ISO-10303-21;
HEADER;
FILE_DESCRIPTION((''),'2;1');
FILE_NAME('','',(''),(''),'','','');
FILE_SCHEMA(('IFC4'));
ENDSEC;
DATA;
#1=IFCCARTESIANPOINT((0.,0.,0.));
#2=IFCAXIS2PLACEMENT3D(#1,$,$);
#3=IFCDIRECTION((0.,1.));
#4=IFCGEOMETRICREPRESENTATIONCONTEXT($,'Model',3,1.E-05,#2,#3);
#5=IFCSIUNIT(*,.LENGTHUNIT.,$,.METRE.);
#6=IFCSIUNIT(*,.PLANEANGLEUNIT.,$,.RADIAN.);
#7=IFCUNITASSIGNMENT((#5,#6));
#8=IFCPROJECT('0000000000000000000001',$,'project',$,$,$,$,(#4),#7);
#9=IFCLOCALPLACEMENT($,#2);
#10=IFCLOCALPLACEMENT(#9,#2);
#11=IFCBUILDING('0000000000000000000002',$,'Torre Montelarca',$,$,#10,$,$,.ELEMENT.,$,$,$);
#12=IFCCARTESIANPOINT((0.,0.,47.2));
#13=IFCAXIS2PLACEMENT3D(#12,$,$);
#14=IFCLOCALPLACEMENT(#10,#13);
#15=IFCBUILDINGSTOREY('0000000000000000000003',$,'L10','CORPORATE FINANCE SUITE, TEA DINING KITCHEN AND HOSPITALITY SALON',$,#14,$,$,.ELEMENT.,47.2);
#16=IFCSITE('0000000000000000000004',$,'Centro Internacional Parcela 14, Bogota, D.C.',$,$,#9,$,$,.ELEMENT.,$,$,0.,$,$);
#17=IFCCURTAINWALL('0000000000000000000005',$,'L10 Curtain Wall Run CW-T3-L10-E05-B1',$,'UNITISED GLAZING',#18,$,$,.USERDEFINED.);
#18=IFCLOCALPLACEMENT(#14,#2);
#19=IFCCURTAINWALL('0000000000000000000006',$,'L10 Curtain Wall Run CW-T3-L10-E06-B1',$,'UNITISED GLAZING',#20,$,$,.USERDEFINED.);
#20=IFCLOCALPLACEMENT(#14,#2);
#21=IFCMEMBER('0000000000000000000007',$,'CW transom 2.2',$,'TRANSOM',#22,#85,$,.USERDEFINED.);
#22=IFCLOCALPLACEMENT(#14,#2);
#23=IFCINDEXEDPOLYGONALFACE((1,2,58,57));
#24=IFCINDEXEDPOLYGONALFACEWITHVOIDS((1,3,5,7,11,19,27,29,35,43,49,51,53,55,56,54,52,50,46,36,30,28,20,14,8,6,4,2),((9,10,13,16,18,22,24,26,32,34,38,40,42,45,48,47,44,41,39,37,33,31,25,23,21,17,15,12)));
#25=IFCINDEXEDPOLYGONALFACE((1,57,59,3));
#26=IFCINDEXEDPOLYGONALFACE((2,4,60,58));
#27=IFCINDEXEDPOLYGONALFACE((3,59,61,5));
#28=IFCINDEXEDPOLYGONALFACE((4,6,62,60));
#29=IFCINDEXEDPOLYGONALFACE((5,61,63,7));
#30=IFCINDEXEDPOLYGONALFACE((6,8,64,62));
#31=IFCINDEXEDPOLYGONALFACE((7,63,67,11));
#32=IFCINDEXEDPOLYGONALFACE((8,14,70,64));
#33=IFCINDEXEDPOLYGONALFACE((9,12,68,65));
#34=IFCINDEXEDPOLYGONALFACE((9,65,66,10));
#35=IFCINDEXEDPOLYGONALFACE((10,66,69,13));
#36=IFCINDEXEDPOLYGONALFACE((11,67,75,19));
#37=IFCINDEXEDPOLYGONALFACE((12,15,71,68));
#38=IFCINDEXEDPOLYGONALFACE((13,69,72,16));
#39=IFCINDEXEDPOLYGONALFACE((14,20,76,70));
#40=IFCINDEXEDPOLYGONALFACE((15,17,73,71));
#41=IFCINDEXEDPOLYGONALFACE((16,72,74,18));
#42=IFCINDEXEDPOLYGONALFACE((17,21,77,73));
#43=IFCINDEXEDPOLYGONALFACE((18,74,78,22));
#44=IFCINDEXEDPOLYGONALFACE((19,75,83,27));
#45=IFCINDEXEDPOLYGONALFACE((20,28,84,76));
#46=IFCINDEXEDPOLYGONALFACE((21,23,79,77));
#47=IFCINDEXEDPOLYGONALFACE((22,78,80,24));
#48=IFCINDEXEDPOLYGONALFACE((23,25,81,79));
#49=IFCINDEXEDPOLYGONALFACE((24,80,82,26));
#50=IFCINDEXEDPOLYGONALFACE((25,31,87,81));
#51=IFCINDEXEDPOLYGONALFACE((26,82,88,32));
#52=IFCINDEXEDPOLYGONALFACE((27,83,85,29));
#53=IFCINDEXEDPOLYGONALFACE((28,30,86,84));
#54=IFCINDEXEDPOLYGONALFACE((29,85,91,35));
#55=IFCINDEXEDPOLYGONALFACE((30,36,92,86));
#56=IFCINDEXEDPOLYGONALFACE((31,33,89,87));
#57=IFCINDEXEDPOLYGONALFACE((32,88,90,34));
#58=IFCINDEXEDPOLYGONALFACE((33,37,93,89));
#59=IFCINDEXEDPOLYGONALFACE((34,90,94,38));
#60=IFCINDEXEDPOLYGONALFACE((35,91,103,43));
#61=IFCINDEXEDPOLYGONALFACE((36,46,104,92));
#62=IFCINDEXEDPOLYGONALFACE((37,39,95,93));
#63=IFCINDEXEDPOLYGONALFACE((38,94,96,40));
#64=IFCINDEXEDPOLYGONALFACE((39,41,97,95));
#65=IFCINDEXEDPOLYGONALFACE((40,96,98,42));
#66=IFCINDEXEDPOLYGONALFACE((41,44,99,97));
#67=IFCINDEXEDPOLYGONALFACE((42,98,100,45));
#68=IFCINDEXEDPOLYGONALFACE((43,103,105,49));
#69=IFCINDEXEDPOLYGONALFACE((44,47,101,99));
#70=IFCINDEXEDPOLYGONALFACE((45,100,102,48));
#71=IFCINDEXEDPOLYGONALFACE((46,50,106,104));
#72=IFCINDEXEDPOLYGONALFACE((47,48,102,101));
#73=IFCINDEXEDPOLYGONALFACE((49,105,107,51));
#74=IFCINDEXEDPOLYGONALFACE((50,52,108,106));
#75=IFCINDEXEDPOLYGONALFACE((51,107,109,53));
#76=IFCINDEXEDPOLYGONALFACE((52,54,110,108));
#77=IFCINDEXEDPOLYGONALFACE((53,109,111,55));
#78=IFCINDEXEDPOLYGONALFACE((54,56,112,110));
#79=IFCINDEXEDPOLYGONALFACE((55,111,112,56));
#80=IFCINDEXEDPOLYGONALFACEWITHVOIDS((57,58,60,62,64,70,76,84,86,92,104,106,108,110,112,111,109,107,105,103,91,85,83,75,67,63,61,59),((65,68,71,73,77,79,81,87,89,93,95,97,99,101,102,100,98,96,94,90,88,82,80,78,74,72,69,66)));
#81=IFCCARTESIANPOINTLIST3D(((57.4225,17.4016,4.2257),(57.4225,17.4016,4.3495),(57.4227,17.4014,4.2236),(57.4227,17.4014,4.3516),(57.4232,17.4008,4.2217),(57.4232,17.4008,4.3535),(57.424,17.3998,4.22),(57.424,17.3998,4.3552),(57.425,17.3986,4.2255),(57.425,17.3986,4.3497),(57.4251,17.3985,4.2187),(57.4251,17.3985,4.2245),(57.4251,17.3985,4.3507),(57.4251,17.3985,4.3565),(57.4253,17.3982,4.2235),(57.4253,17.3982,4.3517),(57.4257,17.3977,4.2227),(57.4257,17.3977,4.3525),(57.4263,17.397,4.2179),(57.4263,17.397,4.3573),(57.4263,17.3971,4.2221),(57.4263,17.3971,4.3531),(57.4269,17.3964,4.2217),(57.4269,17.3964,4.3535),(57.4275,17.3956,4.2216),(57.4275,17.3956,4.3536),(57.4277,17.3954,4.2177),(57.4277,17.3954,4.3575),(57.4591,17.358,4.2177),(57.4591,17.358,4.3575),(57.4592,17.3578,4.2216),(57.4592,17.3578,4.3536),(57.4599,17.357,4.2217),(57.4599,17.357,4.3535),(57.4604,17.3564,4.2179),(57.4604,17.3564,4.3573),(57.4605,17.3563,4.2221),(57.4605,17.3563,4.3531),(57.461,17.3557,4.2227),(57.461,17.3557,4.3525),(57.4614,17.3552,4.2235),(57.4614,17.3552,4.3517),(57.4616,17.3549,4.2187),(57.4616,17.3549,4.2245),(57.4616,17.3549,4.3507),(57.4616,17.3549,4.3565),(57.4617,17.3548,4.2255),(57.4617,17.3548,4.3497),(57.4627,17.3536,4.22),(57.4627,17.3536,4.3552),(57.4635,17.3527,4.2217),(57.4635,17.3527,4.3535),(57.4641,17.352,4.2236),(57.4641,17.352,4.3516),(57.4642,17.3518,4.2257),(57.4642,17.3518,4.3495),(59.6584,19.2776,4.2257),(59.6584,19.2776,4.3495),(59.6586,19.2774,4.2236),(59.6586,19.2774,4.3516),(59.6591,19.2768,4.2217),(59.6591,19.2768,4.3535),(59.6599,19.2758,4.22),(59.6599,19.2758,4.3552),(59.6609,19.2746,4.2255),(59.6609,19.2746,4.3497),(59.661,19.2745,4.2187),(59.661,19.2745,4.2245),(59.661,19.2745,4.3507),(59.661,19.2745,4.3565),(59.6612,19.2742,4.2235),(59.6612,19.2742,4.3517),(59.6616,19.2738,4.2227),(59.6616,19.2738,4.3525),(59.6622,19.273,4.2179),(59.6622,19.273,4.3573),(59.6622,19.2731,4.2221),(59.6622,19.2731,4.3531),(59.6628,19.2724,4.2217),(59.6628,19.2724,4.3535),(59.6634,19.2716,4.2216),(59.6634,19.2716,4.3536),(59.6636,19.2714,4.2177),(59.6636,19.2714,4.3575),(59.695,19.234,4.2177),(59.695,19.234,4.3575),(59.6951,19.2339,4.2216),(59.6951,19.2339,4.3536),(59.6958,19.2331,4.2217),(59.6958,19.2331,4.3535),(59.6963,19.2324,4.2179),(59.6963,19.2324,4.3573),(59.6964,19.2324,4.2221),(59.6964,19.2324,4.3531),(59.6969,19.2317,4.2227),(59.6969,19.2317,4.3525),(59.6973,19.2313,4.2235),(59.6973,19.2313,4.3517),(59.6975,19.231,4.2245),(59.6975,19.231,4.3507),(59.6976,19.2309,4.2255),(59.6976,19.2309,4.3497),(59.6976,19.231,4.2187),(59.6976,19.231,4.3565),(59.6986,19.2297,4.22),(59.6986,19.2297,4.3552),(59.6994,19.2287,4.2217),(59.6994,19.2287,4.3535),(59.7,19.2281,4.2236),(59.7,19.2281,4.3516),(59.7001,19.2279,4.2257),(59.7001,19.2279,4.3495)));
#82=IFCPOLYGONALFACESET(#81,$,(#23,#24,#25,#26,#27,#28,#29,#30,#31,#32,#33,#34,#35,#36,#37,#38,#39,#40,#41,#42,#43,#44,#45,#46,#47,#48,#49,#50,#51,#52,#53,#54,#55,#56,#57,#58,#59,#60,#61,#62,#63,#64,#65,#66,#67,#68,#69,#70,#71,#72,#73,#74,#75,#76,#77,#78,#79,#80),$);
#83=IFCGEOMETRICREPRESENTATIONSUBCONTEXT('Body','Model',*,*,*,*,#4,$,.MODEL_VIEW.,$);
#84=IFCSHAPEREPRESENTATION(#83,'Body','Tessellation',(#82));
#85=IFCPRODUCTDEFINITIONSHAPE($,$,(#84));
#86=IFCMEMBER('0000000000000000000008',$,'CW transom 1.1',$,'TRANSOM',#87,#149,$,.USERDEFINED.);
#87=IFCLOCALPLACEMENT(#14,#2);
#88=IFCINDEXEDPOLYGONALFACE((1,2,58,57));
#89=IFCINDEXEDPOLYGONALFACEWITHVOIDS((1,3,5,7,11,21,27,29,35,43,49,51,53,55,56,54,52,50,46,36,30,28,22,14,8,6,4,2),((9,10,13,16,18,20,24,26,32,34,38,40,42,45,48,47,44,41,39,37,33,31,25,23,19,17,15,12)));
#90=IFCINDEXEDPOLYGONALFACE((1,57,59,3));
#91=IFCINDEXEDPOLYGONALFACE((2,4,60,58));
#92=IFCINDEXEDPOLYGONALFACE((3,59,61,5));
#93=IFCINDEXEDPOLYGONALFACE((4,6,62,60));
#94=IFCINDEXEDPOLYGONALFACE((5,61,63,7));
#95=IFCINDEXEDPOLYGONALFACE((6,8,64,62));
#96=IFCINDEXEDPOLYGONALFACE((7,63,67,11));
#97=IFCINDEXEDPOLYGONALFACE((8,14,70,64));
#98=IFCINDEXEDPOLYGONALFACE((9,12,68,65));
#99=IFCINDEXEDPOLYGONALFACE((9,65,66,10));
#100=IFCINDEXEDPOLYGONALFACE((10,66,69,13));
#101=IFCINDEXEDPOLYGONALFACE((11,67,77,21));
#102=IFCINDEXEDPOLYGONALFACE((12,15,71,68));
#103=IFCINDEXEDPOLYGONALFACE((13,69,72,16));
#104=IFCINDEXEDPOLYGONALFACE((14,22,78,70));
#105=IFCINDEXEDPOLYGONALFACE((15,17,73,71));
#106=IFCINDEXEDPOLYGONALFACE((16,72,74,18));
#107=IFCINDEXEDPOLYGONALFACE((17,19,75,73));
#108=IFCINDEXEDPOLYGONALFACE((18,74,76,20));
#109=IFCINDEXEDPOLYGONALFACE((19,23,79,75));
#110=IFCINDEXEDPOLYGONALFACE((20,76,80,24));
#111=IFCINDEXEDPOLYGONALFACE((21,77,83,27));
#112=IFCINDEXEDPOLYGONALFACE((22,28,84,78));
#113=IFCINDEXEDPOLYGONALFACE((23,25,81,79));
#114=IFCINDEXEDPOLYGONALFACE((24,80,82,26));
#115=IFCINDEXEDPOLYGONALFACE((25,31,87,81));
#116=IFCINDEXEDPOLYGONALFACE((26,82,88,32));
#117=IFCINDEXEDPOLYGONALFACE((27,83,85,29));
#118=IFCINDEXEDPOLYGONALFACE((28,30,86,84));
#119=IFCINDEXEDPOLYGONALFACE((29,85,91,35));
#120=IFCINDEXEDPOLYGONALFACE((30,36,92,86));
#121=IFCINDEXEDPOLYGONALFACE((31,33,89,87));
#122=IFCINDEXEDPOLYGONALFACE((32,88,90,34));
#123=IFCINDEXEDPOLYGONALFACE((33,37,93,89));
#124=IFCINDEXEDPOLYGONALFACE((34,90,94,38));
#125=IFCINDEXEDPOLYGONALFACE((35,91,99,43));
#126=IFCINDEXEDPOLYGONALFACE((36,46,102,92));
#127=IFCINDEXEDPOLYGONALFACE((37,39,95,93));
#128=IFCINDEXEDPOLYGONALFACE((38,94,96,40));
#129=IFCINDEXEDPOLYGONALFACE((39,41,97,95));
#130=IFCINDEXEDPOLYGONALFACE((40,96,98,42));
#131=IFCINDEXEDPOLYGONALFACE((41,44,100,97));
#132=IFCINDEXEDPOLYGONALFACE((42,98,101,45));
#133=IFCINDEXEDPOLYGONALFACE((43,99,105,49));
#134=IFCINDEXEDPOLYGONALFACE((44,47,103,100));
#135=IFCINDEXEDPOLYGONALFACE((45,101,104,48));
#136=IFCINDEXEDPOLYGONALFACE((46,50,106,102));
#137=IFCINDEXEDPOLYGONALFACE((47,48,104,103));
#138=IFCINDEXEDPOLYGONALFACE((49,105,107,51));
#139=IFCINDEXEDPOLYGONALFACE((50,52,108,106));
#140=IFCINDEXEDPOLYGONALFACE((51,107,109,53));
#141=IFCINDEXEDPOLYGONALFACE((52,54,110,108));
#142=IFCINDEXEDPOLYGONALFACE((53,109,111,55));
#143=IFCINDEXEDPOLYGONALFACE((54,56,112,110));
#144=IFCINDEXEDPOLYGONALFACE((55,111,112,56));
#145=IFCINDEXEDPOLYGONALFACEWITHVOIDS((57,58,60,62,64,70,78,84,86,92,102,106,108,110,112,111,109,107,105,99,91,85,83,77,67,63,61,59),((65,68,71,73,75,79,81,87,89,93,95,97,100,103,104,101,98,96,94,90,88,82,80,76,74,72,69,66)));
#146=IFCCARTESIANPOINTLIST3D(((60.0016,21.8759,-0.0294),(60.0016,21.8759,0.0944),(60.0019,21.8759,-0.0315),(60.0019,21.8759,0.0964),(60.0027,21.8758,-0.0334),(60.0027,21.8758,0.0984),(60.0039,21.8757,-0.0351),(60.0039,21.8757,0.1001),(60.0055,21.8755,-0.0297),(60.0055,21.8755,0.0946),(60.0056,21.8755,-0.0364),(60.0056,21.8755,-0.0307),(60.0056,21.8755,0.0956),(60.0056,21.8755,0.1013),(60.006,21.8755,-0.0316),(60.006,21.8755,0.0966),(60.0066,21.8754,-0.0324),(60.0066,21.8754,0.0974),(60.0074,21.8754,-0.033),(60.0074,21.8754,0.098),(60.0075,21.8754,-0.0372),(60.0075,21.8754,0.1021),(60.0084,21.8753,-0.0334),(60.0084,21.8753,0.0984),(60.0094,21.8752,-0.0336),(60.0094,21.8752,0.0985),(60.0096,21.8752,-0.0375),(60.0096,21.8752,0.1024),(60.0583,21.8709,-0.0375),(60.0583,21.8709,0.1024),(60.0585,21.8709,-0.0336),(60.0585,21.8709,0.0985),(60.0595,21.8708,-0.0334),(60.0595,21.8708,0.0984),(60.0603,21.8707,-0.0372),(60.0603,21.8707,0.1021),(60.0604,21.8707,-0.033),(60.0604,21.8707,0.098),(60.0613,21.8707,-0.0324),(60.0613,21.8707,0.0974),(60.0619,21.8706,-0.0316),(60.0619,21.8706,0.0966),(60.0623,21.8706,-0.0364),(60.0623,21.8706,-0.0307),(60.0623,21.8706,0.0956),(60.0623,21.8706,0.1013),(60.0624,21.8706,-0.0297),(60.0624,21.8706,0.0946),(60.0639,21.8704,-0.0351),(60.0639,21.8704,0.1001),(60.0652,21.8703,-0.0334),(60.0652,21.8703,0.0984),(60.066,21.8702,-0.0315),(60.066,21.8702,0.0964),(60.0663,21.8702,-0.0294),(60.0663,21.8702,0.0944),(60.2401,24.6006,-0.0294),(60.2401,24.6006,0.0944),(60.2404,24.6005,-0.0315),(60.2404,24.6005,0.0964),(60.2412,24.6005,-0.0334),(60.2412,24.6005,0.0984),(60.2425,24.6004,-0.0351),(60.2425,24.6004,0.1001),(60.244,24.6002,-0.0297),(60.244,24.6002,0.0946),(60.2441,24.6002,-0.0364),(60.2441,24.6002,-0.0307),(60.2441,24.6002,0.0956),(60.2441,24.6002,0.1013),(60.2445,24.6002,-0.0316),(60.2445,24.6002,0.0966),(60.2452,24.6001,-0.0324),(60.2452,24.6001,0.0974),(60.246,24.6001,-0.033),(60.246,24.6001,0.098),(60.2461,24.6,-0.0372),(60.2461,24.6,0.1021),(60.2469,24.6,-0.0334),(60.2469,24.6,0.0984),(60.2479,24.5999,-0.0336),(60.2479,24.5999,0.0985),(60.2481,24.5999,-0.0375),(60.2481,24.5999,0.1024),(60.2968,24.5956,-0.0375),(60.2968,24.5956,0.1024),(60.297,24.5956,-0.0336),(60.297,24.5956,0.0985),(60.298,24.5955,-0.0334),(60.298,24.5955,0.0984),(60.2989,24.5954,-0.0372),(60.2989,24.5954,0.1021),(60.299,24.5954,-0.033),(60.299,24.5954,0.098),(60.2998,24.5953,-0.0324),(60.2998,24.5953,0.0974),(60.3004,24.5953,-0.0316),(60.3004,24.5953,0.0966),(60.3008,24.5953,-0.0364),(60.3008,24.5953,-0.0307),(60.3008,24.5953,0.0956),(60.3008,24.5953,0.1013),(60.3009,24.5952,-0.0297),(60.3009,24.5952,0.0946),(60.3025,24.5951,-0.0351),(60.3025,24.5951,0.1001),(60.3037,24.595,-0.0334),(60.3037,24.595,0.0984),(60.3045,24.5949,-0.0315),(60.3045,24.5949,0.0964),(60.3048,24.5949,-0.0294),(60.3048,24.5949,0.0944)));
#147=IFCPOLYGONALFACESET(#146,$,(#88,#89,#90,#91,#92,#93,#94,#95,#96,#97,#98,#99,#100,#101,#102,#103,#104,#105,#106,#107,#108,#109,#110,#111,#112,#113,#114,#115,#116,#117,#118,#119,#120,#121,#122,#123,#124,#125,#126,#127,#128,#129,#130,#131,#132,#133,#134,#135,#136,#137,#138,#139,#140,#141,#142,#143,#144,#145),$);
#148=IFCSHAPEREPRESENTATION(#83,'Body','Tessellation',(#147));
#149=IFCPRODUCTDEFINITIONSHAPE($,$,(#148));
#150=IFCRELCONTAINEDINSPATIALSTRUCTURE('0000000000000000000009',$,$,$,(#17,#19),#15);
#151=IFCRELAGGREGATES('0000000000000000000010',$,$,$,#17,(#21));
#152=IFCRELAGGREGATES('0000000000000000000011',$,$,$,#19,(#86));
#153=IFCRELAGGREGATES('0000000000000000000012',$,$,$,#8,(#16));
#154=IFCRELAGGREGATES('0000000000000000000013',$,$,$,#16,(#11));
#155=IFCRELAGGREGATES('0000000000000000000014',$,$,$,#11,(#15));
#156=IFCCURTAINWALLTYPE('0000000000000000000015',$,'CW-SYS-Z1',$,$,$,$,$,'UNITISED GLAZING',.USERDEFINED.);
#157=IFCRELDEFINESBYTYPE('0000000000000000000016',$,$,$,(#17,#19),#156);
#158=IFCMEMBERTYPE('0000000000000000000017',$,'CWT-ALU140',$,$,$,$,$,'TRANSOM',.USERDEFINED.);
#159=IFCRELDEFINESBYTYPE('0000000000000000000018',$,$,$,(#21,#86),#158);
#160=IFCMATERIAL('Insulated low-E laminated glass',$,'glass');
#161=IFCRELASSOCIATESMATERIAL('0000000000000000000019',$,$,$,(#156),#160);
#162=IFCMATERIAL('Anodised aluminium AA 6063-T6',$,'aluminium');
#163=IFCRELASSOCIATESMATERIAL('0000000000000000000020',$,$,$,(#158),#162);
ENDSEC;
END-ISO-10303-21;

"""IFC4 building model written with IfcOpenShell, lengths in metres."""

from ifc_helpers import new_model, si_unit, direction, frame, origin, origin_2d, place, context, subcontext, project, spatial, hollow_rectangle, extrude, source, transform, mapped, material, material_profile, profile_set, type_object, element, aggregate, save


model = new_model("IFC4")

# Units and contexts
model_context = context("Model", 3, precision=1e-05, world=origin(), true_north=direction((0.0, 1.0)))
body_context = subcontext(model_context, "Body", "Model", "MODEL_VIEW")
ifc_project = project(units=[si_unit("LENGTHUNIT", "METRE"), si_unit("PLANEANGLEUNIT", "RADIAN")], contexts=[model_context])

# Site, building, storey
site_placement = place(None, origin())
site = spatial("IfcSite", under=ifc_project, at=site_placement, Name="Centro Internacional Parcela 14, Bogota, D.C.", CompositionType="ELEMENT", RefElevation=0.0)
building_placement = place(site_placement, origin())
building = spatial("IfcBuilding", under=site, at=building_placement, Name="Torre Montelarca", CompositionType="ELEMENT")
storey_placement = place(building_placement, frame((0.0, 0.0, 47.2)))
storey = spatial("IfcBuildingStorey", under=building, at=storey_placement, Name="L10", Description="CORPORATE FINANCE SUITE, TEA DINING KITCHEN AND HOSPITALITY SALON", CompositionType="ELEMENT", Elevation=47.2)

# Curtain walls
ifc_material_1 = material(Name="Insulated low-E laminated glass", Category="glass")
curtain_wall_type = type_object("IfcCurtainWallType", Name="CW-SYS-Z1", ElementType="UNITISED GLAZING", PredefinedType="USERDEFINED", material=ifc_material_1)
ifc_material_2 = material(Name="Anodised aluminium AA 6063-T6", Category="aluminium")
curtain_wall_1_placement = place(storey_placement, origin())
curtain_wall_1 = element("IfcCurtainWall", 1, at=curtain_wall_1_placement, inside=storey, type_object=curtain_wall_type, Name="L10 Curtain Wall Run CW-T3-L10-E05-B1", ObjectType="UNITISED GLAZING", PredefinedType="USERDEFINED")
curtain_wall_2_placement = place(storey_placement, origin())
curtain_wall_2 = element("IfcCurtainWall", 2, at=curtain_wall_2_placement, inside=storey, type_object=curtain_wall_type, Name="L10 Curtain Wall Run CW-T3-L10-E06-B1", ObjectType="UNITISED GLAZING", PredefinedType="USERDEFINED")

# Members
ifc_material_profile_1 = material_profile(ifc_material_2, hollow_rectangle(XDim=0.0649, YDim=0.1399, WallThickness=0.0039, InnerFilletRadius=0.0039, OuterFilletRadius=0.0081, at=origin_2d()), Name="ALU65X140X4", Category="aluminium")
ifc_profile_set_1 = profile_set([ifc_material_profile_1], Name="Anodised aluminium AA 6063-T6")
member_type_1 = type_object("IfcMemberType", Name="CWT-ALU140", ElementType="TRANSOM", PredefinedType="USERDEFINED", material=ifc_profile_set_1)
shared_shape_1 = source(origin(), body_context, "Body", "SweptSolid", [
    extrude(hollow_rectangle(XDim=0.0649, YDim=0.1399, WallThickness=0.0039, InnerFilletRadius=0.0039, OuterFilletRadius=0.0081, at=origin_2d()), origin(), (0.0, 0.0, 1.0), 2.9187),
])
member_1_placement = place(storey_placement, frame((57.4434, 17.3767, 4.2876), z_axis=(0.766064, 0.642764, 0.0), x_axis=(-0.642764, 0.766064, 0.0)))
member_1 = element("IfcMember", 3, at=member_1_placement, type_object=member_type_1, Name="CW transom 2.2", ObjectType="TRANSOM", PredefinedType="USERDEFINED", context=body_context, shape_type="MappedRepresentation", body=[
    mapped(shared_shape_1, transform((0.0, 0.0, 0.0), scale=1.0)),
])
shared_shape_2 = source(origin(), body_context, "Body", "SweptSolid", [
    extrude(hollow_rectangle(XDim=0.0649, YDim=0.1399, WallThickness=0.0039, InnerFilletRadius=0.0039, OuterFilletRadius=0.0081, at=origin_2d()), origin(), (0.0, 0.0, 1.0), 2.7351),
])
member_2_placement = place(storey_placement, frame((60.0339, 21.873, 0.0325), z_axis=(0.087211, 0.99619, 0.0), x_axis=(-0.99619, 0.087211, 0.0)))
member_2 = element("IfcMember", 4, at=member_2_placement, type_object=member_type_1, Name="CW transom 1.1", ObjectType="TRANSOM", PredefinedType="USERDEFINED", context=body_context, shape_type="MappedRepresentation", body=[
    mapped(shared_shape_2, transform((0.0, 0.0, 0.0), scale=1.0)),
])

aggregate(curtain_wall_1, [member_1])
aggregate(curtain_wall_2, [member_2])

save(model, "model.ifc")
